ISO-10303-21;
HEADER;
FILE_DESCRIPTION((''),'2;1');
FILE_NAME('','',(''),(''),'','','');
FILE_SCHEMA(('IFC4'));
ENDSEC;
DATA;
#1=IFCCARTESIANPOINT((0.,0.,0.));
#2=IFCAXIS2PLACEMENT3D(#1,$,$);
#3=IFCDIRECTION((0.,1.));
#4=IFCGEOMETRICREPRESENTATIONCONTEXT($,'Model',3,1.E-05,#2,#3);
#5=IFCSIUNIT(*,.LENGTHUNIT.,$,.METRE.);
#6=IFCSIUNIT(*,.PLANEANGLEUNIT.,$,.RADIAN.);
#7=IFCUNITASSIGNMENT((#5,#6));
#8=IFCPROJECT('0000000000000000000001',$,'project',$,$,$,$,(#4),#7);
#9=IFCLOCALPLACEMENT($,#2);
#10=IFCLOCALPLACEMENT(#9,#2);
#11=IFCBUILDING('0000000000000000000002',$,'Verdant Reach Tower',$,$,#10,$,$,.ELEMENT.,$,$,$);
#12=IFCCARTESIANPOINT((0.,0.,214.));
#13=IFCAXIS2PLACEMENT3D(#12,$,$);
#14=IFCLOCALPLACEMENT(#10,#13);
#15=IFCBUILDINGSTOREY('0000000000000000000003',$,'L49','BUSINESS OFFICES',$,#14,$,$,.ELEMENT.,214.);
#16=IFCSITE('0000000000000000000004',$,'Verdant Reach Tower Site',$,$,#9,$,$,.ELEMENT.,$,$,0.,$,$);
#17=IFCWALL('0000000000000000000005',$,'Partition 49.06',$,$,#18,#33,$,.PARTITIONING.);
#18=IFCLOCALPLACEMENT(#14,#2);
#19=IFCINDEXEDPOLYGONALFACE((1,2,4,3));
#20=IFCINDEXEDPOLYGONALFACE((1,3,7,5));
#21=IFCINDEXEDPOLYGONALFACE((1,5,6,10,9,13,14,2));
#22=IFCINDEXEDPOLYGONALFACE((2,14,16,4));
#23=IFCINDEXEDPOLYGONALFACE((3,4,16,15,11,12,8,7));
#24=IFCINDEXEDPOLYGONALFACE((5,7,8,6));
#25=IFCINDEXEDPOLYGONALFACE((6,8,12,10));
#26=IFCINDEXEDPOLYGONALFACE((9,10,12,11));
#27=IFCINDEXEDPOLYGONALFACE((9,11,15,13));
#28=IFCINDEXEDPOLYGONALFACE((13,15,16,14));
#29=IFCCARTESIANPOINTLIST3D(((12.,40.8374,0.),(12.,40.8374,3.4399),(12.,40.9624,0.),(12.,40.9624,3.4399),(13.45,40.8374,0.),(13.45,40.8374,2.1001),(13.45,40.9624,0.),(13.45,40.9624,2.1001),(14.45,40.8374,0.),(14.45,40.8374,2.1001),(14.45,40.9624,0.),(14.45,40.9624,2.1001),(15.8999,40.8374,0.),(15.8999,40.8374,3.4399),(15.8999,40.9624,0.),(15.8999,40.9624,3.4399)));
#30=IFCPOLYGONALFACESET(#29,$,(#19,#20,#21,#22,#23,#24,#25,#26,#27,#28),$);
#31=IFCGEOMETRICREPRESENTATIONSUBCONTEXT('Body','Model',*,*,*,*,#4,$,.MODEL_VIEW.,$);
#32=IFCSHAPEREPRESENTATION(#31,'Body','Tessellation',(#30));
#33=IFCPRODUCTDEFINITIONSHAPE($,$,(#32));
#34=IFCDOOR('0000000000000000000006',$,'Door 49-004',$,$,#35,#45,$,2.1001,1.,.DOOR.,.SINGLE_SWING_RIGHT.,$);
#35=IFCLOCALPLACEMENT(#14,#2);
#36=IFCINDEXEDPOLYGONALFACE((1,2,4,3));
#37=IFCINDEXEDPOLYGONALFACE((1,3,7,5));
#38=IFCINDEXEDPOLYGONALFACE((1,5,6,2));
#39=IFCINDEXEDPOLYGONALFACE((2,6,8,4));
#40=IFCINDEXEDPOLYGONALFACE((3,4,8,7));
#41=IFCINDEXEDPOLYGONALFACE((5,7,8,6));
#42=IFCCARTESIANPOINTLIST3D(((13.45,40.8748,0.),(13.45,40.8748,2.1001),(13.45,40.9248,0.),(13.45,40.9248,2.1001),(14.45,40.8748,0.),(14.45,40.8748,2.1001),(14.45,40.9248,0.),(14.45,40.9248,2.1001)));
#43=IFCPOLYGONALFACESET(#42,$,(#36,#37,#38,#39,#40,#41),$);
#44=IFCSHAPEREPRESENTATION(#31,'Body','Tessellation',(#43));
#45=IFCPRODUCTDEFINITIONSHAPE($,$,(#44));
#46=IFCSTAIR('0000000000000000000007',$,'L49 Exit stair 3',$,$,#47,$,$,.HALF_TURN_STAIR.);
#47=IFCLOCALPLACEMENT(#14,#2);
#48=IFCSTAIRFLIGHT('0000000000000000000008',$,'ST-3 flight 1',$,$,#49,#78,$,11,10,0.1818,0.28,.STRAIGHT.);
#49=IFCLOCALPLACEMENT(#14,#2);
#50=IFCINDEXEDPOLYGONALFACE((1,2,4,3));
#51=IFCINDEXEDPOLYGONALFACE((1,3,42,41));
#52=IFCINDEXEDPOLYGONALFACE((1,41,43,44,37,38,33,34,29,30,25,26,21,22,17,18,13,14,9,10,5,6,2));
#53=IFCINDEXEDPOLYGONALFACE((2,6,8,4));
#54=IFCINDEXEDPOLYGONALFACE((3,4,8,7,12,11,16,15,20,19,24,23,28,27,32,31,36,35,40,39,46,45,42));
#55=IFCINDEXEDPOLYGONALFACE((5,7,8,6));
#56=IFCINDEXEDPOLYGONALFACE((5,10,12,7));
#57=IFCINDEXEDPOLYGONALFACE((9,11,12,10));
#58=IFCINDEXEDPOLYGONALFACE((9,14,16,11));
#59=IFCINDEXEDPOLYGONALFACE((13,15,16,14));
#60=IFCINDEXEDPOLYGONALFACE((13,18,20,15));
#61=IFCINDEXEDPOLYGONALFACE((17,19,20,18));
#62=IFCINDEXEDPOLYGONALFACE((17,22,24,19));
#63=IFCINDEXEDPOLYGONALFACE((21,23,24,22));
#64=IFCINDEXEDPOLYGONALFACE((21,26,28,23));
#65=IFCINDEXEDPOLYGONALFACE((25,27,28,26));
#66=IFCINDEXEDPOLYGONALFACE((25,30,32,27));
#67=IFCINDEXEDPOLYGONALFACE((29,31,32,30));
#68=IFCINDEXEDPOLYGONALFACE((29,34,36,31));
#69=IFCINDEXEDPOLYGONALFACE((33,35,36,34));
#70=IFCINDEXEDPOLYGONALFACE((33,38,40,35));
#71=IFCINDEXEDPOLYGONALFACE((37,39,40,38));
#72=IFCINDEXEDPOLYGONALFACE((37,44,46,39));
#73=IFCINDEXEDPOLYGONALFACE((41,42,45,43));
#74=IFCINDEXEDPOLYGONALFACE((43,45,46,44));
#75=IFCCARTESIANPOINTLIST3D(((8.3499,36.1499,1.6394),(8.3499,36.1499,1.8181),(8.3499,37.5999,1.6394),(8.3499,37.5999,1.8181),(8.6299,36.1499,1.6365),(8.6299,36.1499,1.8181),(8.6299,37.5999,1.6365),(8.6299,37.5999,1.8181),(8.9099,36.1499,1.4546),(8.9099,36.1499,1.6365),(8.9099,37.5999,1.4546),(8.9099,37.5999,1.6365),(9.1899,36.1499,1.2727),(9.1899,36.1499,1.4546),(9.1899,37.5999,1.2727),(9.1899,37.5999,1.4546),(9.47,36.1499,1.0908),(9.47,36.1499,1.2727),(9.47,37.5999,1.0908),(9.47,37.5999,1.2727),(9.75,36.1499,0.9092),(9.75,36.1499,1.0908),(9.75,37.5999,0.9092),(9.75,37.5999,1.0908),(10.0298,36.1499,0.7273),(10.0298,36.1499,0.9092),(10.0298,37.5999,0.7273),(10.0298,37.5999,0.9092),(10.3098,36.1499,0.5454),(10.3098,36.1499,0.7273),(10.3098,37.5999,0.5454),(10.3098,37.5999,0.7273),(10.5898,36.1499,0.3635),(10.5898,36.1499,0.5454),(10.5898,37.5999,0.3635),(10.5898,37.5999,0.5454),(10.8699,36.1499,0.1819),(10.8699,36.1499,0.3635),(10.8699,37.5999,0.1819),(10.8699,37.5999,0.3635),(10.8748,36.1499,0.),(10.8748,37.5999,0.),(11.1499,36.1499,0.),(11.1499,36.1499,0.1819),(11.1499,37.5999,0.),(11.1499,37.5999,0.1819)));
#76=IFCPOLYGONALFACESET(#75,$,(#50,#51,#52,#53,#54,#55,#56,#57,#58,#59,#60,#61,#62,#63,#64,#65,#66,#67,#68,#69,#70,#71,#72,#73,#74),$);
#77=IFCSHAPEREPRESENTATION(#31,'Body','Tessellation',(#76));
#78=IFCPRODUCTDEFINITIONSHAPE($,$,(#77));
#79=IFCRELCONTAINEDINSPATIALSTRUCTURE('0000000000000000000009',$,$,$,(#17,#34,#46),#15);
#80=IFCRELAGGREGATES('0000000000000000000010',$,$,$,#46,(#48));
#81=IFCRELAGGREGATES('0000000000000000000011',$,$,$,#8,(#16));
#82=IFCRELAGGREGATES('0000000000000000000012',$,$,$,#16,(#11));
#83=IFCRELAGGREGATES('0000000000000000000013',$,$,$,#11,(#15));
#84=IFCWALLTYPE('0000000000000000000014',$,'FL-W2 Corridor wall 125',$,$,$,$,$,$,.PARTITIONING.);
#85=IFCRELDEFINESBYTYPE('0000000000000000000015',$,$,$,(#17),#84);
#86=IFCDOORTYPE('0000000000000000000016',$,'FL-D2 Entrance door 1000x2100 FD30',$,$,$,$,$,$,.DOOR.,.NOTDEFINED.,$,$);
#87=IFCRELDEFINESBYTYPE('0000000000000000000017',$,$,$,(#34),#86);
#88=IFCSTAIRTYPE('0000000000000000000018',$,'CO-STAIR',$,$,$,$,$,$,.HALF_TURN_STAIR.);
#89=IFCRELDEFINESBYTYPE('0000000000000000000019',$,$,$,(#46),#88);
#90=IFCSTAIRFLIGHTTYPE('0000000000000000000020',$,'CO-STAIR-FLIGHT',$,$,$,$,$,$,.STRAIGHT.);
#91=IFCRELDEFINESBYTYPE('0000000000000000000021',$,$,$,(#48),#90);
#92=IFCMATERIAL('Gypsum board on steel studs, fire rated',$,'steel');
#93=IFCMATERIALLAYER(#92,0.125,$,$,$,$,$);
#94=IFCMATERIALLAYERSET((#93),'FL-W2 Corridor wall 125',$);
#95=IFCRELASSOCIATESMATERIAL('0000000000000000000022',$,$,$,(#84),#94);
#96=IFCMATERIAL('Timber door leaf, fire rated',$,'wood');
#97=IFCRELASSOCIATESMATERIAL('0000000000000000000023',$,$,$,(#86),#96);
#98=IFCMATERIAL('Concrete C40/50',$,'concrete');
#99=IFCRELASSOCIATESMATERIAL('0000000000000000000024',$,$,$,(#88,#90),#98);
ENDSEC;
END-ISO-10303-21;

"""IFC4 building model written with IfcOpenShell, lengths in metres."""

from ifc_helpers import new_model, si_unit, direction, frame, frame_2d, origin, place, context, subcontext, project, spatial, polyline, rectangle, outline, extrude, material, layer, layer_set, type_object, element, fill, aggregate, save


model = new_model("IFC4")

# Units and contexts
model_context = context("Model", 3, precision=1e-05, world=origin(), true_north=direction((0.0, 1.0)))
body_context = subcontext(model_context, "Body", "Model", "MODEL_VIEW")
ifc_project = project(units=[si_unit("LENGTHUNIT", "METRE"), si_unit("PLANEANGLEUNIT", "RADIAN")], contexts=[model_context])

# Site, building, storey
site_placement = place(None, origin())
site = spatial("IfcSite", under=ifc_project, at=site_placement, Name="Verdant Reach Tower Site", CompositionType="ELEMENT", RefElevation=0.0)
building_placement = place(site_placement, origin())
building = spatial("IfcBuilding", under=site, at=building_placement, Name="Verdant Reach Tower", CompositionType="ELEMENT")
storey_placement = place(building_placement, frame((0.0, 0.0, 214.0)))
storey = spatial("IfcBuildingStorey", under=building, at=storey_placement, Name="L49", Description="BUSINESS OFFICES", CompositionType="ELEMENT", Elevation=214.0)

# Shared definitions
ifc_material_1 = material(Name="Gypsum board on steel studs, fire rated", Category="steel")
ifc_layer_1 = layer(ifc_material_1, 0.125)
ifc_layer_set_1 = layer_set([ifc_layer_1], Name="FL-W2 Corridor wall 125")
wall_type_1 = type_object("IfcWallType", Name="FL-W2 Corridor wall 125", PredefinedType="PARTITIONING", material=ifc_layer_set_1)
ifc_material_2 = material(Name="Timber door leaf, fire rated", Category="wood")
door_type_1 = type_object("IfcDoorType", Name="FL-D2 Entrance door 1000x2100 FD30", OperationType="NOTDEFINED", PredefinedType="DOOR", material=ifc_material_2)

# Wall, opening, door
wall_1_placement = place(storey_placement, frame((12.0, 40.8999, 0.0), z_axis=(0.0, 0.0, 1.0), x_axis=(1.0, 0.0, 0.0)))
wall_1 = element("IfcWall", 1, at=wall_1_placement, inside=storey, type_object=wall_type_1, Name="Partition 49.06", PredefinedType="PARTITIONING", context=body_context, shape_type="SweptSolid", body=[
    extrude(rectangle(XDim=3.8999, YDim=0.125, at=frame_2d((1.95, 0.0))), origin(), (0.0, 0.0, 1.0), 3.4399),
])
opening_1_placement = place(wall_1_placement, frame((1.45, 0.0, 0.0)))
opening_1 = element("IfcOpeningElement", 2, at=opening_1_placement, cuts=wall_1, PredefinedType="OPENING", context=body_context, shape_type="SweptSolid", body=[
    extrude(rectangle(XDim=1.0, YDim=2.1001, at=frame_2d((0.5, 1.05))), frame((0.0, 0.0725, 0.0), z_axis=(0.0, -1.0, 0.0), x_axis=(1.0, 0.0, 0.0)), (0.0, 0.0, 1.0), 0.145),
])
door_1_placement = place(opening_1_placement, origin())
door_1 = element("IfcDoor", 3, at=door_1_placement, inside=storey, type_object=door_type_1, Name="Door 49-004", OperationType="SINGLE_SWING_RIGHT", OverallHeight=2.1001, OverallWidth=1.0, PredefinedType="DOOR", context=body_context, shape_type="SweptSolid", body=[
    extrude(rectangle(XDim=1.0, YDim=2.1001, at=frame_2d((0.5, 1.05))), frame((0.0, 0.0249, 0.0), z_axis=(0.0, -1.0, 0.0), x_axis=(1.0, 0.0, 0.0)), (0.0, 0.0, 1.0), 0.05),
])
fill(opening_1, door_1)

# Stair, stair flight
ifc_material_3 = material(Name="Concrete C40/50", Category="concrete")
stair_type = type_object("IfcStairType", Name="CO-STAIR", PredefinedType="HALF_TURN_STAIR", material=ifc_material_3)
stair_placement = place(storey_placement, origin())
stair = element("IfcStair", 4, at=stair_placement, inside=storey, type_object=stair_type, Name="L49 Exit stair 3", PredefinedType="HALF_TURN_STAIR")
stair_flight_type = type_object("IfcStairFlightType", Name="CO-STAIR-FLIGHT", PredefinedType="STRAIGHT", material=ifc_material_3)
stair_flight_placement = place(storey_placement, frame((11.1499, 36.875, 0.0), z_axis=(0.0, 0.0, 1.0), x_axis=(-1.0, 0.0, 0.0)))
stair_flight = element("IfcStairFlight", 5, at=stair_flight_placement, type_object=stair_flight_type, Name="ST-3 flight 1", NumberOfRisers=11, NumberOfTreads=10, PredefinedType="STRAIGHT", RiserHeight=0.1818, TreadLength=0.28, context=body_context, shape_type="SweptSolid", body=[
    extrude(outline(polyline([(0.0, 0.0), (0.0, 0.1819), (0.28, 0.1819), (0.28, 0.3635), (0.5601, 0.3635), (0.5601, 0.5454), (0.8401, 0.5454), (0.8401, 0.7273), (1.1201, 0.7273), (1.1201, 0.9092), (1.3999, 0.9092), (1.3999, 1.0908), (1.6799, 1.0908), (1.6799, 1.2727), (1.96, 1.2727), (1.96, 1.4546), (2.24, 1.4546), (2.24, 1.6365), (2.52, 1.6365), (2.52, 1.8181), (2.8, 1.8181), (2.8, 2.0), (2.8, 1.6394), (0.2751, 0.0), (0.0, 0.0)])), frame((0.0, 0.7251, 0.0), z_axis=(0.0, -1.0, 0.0), x_axis=(1.0, 0.0, 0.0)), (0.0, 0.0, 1.0), 1.45),
])
aggregate(stair, [stair_flight])

save(model, "model.ifc")
